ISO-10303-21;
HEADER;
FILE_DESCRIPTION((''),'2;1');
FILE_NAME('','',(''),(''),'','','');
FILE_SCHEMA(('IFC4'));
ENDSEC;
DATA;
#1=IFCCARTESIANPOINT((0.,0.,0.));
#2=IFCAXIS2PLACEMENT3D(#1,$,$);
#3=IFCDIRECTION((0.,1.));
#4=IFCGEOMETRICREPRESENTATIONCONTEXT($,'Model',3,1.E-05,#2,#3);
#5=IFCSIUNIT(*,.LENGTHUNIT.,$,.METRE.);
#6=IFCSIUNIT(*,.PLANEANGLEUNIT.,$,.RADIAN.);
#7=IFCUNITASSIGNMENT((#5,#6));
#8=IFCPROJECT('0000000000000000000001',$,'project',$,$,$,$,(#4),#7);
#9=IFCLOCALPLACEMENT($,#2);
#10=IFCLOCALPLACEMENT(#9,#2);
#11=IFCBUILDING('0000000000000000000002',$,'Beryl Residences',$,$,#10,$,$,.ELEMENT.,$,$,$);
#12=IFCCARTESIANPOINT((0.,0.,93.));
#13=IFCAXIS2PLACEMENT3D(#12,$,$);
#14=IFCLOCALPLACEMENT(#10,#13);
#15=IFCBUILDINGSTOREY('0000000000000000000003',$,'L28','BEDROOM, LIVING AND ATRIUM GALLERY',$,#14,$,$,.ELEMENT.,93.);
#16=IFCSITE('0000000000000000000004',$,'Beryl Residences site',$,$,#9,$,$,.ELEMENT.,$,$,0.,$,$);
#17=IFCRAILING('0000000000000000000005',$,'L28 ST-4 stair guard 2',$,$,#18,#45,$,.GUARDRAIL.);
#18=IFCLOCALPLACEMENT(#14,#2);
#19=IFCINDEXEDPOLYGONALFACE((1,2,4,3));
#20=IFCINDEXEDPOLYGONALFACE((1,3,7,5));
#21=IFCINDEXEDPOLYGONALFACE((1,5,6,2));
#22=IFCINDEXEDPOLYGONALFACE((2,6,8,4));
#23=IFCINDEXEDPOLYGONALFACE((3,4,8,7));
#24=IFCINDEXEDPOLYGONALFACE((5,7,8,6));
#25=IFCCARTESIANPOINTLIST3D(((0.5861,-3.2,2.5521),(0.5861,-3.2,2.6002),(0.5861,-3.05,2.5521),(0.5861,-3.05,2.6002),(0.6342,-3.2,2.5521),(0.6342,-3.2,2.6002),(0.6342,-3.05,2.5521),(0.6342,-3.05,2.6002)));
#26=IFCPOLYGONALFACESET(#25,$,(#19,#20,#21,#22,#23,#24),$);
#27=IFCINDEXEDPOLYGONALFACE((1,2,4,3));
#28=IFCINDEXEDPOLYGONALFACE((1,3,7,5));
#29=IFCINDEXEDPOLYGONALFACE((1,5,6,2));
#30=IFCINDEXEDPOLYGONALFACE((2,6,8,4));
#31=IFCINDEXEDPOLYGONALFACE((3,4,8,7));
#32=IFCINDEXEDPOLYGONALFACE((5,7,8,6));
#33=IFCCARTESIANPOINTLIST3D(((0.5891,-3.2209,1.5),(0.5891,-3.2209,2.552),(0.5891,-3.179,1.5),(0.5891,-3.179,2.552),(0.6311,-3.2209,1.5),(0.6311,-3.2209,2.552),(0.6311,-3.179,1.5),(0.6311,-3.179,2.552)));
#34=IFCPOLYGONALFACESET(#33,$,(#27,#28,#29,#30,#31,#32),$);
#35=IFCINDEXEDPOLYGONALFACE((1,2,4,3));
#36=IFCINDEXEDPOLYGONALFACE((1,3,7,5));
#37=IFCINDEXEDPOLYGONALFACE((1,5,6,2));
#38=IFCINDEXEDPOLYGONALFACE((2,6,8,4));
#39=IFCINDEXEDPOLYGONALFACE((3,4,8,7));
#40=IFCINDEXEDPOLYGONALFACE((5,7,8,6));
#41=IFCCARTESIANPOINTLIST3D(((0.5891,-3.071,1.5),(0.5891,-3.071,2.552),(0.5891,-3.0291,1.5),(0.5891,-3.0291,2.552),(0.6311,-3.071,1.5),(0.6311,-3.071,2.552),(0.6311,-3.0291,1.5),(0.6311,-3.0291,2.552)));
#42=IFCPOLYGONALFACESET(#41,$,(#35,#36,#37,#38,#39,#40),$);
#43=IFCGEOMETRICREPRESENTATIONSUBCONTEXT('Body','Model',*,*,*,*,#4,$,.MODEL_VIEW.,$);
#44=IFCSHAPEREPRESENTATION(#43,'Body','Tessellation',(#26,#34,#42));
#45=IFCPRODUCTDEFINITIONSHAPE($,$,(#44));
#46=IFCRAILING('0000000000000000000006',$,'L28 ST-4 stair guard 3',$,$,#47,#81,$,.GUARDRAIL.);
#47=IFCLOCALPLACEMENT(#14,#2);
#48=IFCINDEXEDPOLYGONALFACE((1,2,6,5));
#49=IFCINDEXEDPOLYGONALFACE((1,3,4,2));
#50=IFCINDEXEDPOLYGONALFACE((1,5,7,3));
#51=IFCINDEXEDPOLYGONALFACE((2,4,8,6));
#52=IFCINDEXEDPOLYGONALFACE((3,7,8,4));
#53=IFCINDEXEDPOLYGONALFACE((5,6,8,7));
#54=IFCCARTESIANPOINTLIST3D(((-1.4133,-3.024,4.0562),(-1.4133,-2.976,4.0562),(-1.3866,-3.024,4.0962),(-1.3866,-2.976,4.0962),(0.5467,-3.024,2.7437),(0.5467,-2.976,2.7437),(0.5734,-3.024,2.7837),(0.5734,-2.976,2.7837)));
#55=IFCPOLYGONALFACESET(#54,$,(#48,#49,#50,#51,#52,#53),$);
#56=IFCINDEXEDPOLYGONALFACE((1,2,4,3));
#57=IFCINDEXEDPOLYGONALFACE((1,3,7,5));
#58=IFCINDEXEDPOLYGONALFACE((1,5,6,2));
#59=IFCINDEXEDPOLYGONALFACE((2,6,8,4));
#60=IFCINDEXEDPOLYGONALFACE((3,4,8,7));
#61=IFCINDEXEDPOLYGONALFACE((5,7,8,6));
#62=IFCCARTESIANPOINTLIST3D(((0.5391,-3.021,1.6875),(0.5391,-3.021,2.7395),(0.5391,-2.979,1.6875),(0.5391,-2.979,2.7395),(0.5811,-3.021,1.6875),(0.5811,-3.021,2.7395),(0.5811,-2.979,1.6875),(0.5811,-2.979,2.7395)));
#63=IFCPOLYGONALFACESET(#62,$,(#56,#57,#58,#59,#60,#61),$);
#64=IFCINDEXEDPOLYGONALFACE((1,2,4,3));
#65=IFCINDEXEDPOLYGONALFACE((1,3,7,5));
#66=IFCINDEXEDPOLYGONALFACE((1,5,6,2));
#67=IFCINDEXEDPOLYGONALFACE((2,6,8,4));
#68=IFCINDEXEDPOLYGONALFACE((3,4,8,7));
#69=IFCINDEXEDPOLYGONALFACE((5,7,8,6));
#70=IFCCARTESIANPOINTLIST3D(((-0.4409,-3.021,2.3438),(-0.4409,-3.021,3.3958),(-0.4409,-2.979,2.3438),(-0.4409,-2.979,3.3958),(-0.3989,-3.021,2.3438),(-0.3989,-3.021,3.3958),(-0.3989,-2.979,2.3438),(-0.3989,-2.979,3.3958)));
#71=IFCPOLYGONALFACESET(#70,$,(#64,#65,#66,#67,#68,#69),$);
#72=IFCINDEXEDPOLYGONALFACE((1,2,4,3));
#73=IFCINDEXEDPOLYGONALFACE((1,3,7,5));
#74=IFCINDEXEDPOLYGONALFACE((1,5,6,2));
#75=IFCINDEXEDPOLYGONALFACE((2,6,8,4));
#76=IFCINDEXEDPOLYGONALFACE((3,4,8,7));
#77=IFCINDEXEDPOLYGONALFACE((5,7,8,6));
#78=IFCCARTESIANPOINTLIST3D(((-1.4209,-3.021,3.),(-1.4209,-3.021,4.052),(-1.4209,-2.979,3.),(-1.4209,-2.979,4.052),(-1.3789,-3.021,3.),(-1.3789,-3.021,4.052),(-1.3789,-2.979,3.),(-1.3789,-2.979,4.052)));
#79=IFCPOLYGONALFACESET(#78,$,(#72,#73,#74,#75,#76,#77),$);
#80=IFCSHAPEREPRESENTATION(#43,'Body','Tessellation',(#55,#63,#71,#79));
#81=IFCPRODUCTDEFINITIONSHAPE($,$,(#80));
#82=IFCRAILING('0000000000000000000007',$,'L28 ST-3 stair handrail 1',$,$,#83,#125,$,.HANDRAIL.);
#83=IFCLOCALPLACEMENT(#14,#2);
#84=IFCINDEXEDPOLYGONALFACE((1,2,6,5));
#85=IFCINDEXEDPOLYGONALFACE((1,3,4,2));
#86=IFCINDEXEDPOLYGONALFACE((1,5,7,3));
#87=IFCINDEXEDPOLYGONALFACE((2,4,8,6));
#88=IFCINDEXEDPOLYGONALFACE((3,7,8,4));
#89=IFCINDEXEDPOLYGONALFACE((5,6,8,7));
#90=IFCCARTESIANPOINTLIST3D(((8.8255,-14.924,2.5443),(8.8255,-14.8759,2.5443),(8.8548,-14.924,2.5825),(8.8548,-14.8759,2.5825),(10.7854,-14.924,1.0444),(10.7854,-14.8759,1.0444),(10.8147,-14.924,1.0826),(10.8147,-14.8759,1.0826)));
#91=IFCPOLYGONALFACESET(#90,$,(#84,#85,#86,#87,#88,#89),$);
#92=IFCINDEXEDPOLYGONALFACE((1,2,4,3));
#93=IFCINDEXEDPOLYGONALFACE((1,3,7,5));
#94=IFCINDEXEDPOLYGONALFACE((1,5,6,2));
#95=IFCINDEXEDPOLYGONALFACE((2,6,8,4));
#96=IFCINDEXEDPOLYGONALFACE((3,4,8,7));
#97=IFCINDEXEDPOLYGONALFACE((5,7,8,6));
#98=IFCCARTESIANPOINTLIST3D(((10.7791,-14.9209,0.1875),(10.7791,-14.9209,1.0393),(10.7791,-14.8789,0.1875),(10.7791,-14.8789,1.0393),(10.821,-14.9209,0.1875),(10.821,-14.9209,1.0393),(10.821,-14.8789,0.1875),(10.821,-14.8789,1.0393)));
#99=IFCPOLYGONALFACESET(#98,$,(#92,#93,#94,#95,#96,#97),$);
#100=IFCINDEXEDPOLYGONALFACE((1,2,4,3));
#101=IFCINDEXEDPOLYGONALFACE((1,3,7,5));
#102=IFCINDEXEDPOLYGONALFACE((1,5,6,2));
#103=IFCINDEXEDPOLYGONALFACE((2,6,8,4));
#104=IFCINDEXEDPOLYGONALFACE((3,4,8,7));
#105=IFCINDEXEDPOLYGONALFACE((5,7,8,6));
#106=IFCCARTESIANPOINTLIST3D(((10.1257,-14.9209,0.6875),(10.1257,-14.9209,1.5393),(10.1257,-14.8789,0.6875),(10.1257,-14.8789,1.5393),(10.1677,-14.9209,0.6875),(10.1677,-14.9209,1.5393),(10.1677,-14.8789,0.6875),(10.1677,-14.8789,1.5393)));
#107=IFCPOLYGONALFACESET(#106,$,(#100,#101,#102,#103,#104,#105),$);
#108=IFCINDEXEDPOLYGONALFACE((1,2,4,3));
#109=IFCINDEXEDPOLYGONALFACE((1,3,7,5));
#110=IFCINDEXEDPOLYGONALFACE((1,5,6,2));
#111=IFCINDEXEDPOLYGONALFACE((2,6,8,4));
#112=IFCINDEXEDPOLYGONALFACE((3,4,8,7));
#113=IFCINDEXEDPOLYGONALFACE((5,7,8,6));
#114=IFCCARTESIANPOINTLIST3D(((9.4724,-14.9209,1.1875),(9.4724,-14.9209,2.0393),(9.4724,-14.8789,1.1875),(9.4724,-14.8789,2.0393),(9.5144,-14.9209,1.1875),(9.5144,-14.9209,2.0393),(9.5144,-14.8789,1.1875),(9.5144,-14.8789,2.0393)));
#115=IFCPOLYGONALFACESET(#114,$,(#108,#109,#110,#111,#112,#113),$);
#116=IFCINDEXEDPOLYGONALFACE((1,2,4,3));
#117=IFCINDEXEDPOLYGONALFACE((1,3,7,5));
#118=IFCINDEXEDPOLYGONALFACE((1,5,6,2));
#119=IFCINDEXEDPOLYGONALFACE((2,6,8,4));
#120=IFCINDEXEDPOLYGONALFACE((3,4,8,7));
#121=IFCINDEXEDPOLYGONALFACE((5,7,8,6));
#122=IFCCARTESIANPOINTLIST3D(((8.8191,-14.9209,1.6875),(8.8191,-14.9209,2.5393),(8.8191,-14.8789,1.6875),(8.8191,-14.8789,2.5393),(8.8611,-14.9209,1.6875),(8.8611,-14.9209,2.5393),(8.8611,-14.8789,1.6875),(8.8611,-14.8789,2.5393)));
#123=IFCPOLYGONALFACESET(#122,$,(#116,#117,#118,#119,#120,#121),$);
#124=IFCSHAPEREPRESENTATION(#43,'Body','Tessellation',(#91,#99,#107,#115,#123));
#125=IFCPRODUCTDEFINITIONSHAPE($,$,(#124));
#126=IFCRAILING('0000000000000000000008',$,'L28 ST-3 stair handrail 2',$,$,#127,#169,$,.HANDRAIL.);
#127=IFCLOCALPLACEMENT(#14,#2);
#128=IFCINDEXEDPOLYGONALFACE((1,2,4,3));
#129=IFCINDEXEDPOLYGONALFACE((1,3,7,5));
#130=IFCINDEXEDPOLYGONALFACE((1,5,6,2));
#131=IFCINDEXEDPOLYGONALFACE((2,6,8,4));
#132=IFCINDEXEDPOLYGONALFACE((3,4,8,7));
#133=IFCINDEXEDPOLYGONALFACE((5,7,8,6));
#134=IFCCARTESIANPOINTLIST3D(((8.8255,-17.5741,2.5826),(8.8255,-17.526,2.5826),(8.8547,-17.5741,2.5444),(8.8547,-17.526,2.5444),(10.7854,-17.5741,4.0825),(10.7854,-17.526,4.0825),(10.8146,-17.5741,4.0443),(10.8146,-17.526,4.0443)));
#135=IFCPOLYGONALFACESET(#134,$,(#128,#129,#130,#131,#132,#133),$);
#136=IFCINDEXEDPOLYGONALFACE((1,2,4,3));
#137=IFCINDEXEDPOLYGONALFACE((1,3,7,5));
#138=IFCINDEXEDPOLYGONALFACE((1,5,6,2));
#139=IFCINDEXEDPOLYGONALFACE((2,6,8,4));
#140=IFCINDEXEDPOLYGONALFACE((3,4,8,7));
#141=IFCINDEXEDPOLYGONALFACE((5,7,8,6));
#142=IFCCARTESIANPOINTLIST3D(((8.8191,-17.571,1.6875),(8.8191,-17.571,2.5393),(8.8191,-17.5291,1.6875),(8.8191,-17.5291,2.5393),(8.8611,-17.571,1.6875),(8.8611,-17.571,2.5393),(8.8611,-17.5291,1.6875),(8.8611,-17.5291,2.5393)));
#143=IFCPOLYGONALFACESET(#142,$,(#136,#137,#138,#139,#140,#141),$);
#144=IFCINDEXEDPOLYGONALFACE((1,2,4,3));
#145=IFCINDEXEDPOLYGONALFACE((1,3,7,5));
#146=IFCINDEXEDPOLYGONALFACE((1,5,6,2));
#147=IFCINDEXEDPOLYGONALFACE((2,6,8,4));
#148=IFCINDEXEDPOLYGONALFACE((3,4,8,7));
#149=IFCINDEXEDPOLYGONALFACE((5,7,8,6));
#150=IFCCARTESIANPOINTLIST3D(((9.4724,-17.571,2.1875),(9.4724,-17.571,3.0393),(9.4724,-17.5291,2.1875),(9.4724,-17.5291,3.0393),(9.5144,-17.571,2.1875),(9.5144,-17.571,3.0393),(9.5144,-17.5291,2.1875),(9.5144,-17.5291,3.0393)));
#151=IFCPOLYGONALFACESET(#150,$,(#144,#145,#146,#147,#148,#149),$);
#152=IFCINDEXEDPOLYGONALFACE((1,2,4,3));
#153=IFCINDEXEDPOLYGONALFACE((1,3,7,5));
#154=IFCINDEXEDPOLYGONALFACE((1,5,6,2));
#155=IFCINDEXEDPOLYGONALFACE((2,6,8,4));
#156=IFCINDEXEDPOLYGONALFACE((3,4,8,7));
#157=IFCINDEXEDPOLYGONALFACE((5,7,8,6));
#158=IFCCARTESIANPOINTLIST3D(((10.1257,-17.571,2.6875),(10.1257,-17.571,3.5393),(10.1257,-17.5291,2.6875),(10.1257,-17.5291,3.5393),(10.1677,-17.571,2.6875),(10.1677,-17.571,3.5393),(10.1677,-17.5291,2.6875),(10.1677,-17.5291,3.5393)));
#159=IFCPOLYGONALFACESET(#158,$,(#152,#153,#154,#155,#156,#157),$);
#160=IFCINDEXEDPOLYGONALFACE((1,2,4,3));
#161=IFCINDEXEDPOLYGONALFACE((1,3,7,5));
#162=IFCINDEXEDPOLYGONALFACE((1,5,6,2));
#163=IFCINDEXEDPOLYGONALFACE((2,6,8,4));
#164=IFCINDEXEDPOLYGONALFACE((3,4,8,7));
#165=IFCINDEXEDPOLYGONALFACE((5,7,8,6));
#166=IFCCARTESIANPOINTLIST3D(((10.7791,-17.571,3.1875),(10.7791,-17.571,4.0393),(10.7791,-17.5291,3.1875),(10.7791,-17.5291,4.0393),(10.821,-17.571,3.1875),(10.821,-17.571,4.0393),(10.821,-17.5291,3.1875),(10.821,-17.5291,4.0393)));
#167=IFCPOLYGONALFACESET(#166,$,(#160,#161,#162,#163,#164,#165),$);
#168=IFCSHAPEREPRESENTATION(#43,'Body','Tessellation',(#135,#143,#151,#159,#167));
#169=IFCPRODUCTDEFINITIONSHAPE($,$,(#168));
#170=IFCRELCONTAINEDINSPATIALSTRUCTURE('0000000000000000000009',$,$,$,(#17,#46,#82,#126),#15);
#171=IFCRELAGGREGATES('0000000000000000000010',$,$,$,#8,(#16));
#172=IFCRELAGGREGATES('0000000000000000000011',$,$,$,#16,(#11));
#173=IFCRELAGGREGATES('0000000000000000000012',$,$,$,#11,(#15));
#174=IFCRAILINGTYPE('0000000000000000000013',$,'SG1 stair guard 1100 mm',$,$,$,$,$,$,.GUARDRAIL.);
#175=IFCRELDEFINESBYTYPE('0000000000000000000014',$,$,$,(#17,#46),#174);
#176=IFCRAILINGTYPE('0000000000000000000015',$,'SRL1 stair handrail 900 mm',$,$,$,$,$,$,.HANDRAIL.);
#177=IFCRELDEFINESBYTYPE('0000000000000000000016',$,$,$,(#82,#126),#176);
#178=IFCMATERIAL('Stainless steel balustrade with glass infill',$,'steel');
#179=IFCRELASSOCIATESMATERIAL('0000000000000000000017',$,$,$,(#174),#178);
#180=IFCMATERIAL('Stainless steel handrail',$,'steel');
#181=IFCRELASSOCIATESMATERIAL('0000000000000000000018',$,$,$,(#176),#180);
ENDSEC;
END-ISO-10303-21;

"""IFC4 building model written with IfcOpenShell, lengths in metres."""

from ifc_helpers import new_model, si_unit, direction, frame, origin, origin_2d, place, context, subcontext, project, spatial, rectangle, extrude, material, type_object, element, save


model = new_model("IFC4")

# Units and contexts
model_context = context("Model", 3, precision=1e-05, world=origin(), true_north=direction((0.0, 1.0)))
body_context = subcontext(model_context, "Body", "Model", "MODEL_VIEW")
ifc_project = project(units=[si_unit("LENGTHUNIT", "METRE"), si_unit("PLANEANGLEUNIT", "RADIAN")], contexts=[model_context])

# Site, building, storey
site_placement = place(None, origin())
site = spatial("IfcSite", under=ifc_project, at=site_placement, Name="Beryl Residences site", CompositionType="ELEMENT", RefElevation=0.0)
building_placement = place(site_placement, origin())
building = spatial("IfcBuilding", under=site, at=building_placement, Name="Beryl Residences", CompositionType="ELEMENT")
storey_placement = place(building_placement, frame((0.0, 0.0, 93.0)))
storey = spatial("IfcBuildingStorey", under=building, at=storey_placement, Name="L28", Description="BEDROOM, LIVING AND ATRIUM GALLERY", CompositionType="ELEMENT", Elevation=93.0)

# Railings
ifc_material_1 = material(Name="Stainless steel balustrade with glass infill", Category="steel")
railing_type_1 = type_object("IfcRailingType", Name="SG1 stair guard 1100 mm", PredefinedType="GUARDRAIL", material=ifc_material_1)
railing_1_placement = place(storey_placement, frame((0.6101, -3.2, 1.5)))
element("IfcRailing", 1, at=railing_1_placement, inside=storey, type_object=railing_type_1, Name="L28 ST-4 stair guard 2", PredefinedType="GUARDRAIL", context=body_context, shape_type="SweptSolid", body=[
    extrude(rectangle(XDim=0.0481, YDim=0.0481, at=origin_2d()), frame((0.0, 0.0, 1.0762), z_axis=(0.0, 1.0, 0.0), x_axis=(-1.0, 0.0, 0.0)), (0.0, 0.0, 1.0), 0.1499),
    extrude(rectangle(XDim=0.042, YDim=0.042, at=origin_2d()), origin(), (0.0, 0.0, 1.0), 1.052),
    extrude(rectangle(XDim=0.042, YDim=0.042, at=origin_2d()), frame((0.0, 0.1499, 0.0)), (0.0, 0.0, 1.0), 1.052),
])
railing_2_placement = place(storey_placement, frame((0.5601, -3.0, 1.6875)))
element("IfcRailing", 2, at=railing_2_placement, inside=storey, type_object=railing_type_1, Name="L28 ST-4 stair guard 3", PredefinedType="GUARDRAIL", context=body_context, shape_type="SweptSolid", body=[
    extrude(rectangle(XDim=0.0481, YDim=0.0481, at=origin_2d()), frame((0.0, 0.0, 1.0762), z_axis=(-0.830902, 0.0, 0.556419), x_axis=(0.0, -1.0, 0.0)), (0.0, 0.0, 1.0), 2.3589),
    extrude(rectangle(XDim=0.042, YDim=0.042, at=origin_2d()), origin(), (0.0, 0.0, 1.0), 1.052),
    extrude(rectangle(XDim=0.042, YDim=0.042, at=origin_2d()), frame((-0.98, 0.0, 0.6562)), (0.0, 0.0, 1.0), 1.052),
    extrude(rectangle(XDim=0.042, YDim=0.042, at=origin_2d()), frame((-1.96, 0.0, 1.3125)), (0.0, 0.0, 1.0), 1.052),
])
ifc_material_2 = material(Name="Stainless steel handrail", Category="steel")
railing_type_2 = type_object("IfcRailingType", Name="SRL1 stair handrail 900 mm", PredefinedType="HANDRAIL", material=ifc_material_2)
railing_3_placement = place(storey_placement, frame((10.8, -14.8999, 0.1875)))
element("IfcRailing", 3, at=railing_3_placement, inside=storey, type_object=railing_type_2, Name="L28 ST-3 stair handrail 1", PredefinedType="HANDRAIL", context=body_context, shape_type="SweptSolid", body=[
    extrude(rectangle(XDim=0.0481, YDim=0.0481, at=origin_2d()), frame((0.0, 0.0, 0.876), z_axis=(-0.794122, 0.0, 0.607758), x_axis=(0.0, -1.0, 0.0)), (0.0, 0.0, 1.0), 2.468),
    extrude(rectangle(XDim=0.042, YDim=0.042, at=origin_2d()), origin(), (0.0, 0.0, 1.0), 0.8518),
    extrude(rectangle(XDim=0.042, YDim=0.042, at=origin_2d()), frame((-0.6533, 0.0, 0.5)), (0.0, 0.0, 1.0), 0.8518),
    extrude(rectangle(XDim=0.042, YDim=0.042, at=origin_2d()), frame((-1.3066, 0.0, 1.0)), (0.0, 0.0, 1.0), 0.8518),
    extrude(rectangle(XDim=0.042, YDim=0.042, at=origin_2d()), frame((-1.96, 0.0, 1.5)), (0.0, 0.0, 1.0), 0.8518),
])
railing_4_placement = place(storey_placement, frame((8.8401, -17.55, 1.6875)))
element("IfcRailing", 4, at=railing_4_placement, inside=storey, type_object=railing_type_2, Name="L28 ST-3 stair handrail 2", PredefinedType="HANDRAIL", context=body_context, shape_type="SweptSolid", body=[
    extrude(rectangle(XDim=0.0481, YDim=0.0481, at=origin_2d()), frame((0.0, 0.0, 0.876), z_axis=(0.794122, 0.0, 0.607758), x_axis=(0.0, 1.0, 0.0)), (0.0, 0.0, 1.0), 2.468),
    extrude(rectangle(XDim=0.042, YDim=0.042, at=origin_2d()), origin(), (0.0, 0.0, 1.0), 0.8518),
    extrude(rectangle(XDim=0.042, YDim=0.042, at=origin_2d()), frame((0.6533, 0.0, 0.5)), (0.0, 0.0, 1.0), 0.8518),
    extrude(rectangle(XDim=0.042, YDim=0.042, at=origin_2d()), frame((1.3066, 0.0, 1.0)), (0.0, 0.0, 1.0), 0.8518),
    extrude(rectangle(XDim=0.042, YDim=0.042, at=origin_2d()), frame((1.96, 0.0, 1.5)), (0.0, 0.0, 1.0), 0.8518),
])

save(model, "model.ifc")
